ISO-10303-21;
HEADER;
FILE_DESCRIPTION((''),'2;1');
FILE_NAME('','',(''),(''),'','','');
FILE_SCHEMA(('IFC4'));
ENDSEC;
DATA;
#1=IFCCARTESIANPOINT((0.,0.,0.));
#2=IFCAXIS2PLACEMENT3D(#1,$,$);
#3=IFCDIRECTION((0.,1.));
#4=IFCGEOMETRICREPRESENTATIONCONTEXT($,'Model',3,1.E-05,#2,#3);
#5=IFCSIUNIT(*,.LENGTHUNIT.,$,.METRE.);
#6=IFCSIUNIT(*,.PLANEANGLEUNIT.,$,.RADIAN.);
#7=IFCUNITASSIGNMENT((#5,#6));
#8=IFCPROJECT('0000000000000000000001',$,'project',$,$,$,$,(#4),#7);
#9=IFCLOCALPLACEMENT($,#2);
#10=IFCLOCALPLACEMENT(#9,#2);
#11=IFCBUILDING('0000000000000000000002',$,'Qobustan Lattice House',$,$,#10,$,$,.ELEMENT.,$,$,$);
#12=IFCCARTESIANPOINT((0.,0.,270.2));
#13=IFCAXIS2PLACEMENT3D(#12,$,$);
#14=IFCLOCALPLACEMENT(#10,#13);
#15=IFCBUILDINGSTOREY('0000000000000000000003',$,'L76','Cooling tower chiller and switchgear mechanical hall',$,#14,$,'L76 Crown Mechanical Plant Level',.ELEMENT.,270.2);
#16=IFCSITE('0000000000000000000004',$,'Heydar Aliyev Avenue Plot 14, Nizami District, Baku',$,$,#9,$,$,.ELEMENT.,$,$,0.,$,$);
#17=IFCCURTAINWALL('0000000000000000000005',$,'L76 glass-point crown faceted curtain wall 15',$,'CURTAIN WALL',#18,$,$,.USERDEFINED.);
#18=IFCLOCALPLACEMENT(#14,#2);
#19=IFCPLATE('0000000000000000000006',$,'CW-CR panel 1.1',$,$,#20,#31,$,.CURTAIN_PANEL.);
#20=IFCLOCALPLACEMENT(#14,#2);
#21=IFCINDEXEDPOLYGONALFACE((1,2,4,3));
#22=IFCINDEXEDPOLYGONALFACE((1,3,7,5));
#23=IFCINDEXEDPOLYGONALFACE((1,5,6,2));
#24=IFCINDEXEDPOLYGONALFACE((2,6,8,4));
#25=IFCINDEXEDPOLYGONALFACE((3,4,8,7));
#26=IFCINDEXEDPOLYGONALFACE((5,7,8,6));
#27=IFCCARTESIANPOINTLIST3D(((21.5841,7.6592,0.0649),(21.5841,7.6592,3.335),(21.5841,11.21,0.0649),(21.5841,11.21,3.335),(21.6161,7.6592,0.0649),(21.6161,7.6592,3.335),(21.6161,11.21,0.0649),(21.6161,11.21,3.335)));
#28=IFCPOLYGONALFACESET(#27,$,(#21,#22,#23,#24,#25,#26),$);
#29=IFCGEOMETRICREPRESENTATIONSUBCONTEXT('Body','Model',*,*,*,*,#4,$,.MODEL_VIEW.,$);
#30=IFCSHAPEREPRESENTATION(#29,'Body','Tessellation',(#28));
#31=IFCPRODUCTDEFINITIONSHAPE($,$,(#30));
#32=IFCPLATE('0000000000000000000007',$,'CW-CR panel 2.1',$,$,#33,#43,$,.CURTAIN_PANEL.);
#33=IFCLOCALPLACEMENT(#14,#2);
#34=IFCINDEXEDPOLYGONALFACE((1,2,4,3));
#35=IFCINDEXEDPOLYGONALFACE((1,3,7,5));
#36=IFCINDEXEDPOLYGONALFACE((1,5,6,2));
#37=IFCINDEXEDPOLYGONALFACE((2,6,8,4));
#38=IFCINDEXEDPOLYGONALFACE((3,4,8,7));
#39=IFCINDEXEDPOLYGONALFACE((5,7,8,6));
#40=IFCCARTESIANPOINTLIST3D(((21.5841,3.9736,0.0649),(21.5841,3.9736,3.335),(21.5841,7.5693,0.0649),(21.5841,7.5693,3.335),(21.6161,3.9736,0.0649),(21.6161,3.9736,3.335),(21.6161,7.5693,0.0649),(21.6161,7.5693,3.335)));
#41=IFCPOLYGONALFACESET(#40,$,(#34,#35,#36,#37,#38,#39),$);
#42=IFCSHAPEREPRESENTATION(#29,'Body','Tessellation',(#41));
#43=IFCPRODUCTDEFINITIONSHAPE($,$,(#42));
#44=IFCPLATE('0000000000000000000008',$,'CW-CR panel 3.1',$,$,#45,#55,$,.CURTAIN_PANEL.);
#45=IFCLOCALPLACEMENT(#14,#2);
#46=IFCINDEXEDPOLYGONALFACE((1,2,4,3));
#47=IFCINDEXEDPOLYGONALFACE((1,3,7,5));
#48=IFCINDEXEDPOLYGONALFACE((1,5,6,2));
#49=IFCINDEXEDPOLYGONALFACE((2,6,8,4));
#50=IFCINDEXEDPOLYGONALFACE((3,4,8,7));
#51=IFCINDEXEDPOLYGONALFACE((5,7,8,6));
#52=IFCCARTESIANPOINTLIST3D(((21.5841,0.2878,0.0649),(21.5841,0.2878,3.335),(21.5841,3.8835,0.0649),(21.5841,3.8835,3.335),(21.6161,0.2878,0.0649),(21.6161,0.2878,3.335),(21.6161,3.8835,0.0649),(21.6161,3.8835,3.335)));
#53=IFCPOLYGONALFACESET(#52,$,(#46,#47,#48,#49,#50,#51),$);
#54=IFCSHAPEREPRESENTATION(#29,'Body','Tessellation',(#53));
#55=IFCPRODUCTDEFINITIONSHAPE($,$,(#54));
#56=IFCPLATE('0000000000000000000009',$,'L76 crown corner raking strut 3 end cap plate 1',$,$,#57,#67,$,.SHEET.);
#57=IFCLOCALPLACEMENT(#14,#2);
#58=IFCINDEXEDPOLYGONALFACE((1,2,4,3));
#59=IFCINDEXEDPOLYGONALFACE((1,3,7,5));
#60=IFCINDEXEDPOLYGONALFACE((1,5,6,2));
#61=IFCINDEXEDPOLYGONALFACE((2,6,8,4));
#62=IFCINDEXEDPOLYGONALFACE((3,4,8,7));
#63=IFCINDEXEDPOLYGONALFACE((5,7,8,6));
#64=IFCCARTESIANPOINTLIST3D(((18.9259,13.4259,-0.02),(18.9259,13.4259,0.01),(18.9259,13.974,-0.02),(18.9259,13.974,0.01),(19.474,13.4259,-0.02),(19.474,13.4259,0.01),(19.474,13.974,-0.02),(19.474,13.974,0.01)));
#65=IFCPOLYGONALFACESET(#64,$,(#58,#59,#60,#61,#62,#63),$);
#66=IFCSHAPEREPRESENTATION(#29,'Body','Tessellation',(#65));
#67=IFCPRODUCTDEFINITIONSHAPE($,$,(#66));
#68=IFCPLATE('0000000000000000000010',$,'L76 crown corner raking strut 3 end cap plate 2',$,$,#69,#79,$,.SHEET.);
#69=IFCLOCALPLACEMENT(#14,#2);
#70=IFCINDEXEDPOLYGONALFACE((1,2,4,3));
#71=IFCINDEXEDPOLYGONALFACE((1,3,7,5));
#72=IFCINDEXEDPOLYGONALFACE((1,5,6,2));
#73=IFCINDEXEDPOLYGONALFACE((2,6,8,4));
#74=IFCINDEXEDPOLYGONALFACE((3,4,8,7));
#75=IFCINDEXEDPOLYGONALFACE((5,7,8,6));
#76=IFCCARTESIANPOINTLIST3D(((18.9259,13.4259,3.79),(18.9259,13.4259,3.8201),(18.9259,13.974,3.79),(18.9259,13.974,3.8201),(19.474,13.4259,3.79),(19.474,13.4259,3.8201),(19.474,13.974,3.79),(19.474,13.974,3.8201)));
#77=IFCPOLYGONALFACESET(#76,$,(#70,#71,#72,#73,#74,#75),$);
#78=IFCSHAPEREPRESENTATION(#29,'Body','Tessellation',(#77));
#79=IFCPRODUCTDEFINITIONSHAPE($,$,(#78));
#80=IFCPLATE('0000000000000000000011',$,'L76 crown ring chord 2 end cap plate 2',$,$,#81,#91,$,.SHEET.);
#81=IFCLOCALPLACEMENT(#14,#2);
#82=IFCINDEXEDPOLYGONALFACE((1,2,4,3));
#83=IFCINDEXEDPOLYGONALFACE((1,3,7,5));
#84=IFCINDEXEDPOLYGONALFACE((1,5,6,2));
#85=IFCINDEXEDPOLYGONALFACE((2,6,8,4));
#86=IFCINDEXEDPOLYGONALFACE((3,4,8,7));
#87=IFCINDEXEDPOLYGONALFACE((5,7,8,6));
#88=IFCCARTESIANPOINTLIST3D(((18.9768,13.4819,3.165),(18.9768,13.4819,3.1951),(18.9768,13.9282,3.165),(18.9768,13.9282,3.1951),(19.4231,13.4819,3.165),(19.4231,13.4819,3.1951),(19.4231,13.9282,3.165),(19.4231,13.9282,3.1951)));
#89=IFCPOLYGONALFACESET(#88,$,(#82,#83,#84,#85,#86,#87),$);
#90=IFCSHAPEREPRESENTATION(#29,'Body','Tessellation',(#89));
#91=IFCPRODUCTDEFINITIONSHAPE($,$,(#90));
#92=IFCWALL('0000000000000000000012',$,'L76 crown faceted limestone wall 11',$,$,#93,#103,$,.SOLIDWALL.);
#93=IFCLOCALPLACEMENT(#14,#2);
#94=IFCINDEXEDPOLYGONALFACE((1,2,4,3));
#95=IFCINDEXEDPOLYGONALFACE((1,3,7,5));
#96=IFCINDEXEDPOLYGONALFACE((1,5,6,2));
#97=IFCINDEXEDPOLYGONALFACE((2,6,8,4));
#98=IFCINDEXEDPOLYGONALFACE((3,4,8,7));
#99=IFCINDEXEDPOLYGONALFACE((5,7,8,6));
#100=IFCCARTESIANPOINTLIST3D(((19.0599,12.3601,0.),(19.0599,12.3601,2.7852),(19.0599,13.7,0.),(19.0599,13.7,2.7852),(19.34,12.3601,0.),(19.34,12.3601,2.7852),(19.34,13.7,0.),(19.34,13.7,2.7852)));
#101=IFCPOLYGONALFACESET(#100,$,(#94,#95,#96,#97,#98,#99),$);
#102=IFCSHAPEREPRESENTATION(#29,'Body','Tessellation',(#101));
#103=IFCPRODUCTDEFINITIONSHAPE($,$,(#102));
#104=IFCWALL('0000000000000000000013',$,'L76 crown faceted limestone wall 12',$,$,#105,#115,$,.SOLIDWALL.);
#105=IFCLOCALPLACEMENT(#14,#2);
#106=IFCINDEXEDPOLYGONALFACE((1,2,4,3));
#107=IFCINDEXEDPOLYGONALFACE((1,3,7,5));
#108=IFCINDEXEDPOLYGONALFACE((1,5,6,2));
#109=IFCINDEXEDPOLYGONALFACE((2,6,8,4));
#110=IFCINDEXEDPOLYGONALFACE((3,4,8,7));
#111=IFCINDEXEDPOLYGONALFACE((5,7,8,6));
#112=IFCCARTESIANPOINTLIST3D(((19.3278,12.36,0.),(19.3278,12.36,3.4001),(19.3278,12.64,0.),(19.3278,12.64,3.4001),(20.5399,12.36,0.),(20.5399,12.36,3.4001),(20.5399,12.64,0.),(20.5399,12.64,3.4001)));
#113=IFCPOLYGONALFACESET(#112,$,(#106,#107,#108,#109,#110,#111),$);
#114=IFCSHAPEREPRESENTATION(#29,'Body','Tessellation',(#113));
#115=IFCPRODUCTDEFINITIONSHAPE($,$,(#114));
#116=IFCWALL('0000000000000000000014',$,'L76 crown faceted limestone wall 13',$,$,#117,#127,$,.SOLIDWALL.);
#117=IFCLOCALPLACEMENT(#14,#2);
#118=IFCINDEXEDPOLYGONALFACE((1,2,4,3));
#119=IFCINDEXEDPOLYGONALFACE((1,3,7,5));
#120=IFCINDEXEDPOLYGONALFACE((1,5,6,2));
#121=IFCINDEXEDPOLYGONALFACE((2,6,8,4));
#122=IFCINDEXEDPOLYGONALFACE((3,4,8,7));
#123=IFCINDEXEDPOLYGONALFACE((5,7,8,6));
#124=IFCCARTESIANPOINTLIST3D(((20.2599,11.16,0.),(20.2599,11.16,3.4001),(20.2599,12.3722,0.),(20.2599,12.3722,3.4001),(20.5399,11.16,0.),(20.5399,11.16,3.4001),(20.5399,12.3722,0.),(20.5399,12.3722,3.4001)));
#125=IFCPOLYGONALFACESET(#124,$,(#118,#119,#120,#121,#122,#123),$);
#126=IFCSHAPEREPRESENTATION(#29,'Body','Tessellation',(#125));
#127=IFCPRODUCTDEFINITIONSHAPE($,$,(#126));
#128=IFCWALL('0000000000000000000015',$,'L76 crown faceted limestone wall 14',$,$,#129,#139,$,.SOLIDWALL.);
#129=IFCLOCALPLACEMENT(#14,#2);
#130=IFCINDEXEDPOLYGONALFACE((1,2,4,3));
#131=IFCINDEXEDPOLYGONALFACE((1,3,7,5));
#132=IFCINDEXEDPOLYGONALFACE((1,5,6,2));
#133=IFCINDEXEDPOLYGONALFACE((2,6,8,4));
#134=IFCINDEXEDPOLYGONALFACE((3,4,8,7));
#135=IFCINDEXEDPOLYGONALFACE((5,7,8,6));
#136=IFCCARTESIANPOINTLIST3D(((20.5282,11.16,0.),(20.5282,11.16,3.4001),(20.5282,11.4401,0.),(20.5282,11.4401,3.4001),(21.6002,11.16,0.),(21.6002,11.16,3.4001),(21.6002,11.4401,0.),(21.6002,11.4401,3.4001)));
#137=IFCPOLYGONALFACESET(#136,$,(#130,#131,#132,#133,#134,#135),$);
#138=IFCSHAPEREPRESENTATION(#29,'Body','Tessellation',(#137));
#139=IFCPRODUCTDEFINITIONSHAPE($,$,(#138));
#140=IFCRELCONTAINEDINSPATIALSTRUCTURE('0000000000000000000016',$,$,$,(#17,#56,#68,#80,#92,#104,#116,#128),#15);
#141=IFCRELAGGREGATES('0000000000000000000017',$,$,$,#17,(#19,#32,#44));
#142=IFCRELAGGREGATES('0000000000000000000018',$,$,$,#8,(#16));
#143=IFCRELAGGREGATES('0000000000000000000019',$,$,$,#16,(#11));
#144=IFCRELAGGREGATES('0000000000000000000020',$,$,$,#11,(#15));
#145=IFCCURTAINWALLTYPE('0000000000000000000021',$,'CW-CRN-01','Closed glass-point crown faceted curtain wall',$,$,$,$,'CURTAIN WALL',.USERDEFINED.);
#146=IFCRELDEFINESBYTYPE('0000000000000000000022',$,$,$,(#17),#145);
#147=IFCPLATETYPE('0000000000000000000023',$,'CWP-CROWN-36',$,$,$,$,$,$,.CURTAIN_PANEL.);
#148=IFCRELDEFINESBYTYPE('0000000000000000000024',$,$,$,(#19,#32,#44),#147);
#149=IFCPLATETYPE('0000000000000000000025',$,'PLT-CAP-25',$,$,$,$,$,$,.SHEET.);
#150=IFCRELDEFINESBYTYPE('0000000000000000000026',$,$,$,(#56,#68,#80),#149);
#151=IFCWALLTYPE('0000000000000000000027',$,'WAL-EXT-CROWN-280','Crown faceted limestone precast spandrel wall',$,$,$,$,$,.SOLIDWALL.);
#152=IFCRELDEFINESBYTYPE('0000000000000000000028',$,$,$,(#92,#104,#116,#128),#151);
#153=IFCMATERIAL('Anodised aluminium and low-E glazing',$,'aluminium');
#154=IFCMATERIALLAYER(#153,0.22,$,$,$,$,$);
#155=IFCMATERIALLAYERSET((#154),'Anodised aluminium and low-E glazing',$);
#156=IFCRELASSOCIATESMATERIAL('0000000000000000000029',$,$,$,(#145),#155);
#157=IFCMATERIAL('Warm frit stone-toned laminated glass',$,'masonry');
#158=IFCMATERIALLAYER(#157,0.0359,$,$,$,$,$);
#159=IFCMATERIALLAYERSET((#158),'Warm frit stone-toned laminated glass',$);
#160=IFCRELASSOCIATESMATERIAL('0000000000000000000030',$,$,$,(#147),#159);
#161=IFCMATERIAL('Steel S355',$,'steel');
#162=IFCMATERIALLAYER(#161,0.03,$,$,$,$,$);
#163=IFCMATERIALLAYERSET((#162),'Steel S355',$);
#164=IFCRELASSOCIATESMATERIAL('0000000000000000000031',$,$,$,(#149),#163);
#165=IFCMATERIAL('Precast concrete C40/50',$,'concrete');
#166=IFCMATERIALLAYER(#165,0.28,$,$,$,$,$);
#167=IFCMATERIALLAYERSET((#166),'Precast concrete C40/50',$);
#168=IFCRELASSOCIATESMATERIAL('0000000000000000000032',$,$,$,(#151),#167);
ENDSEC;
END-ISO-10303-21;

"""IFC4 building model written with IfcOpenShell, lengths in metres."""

from ifc_helpers import new_model, si_unit, direction, frame, frame_2d, origin, origin_2d, place, context, subcontext, project, spatial, rectangle, extrude, material, layer, layer_set, type_object, element, aggregate, save


model = new_model("IFC4")

# Units and contexts
model_context = context("Model", 3, precision=1e-05, world=origin(), true_north=direction((0.0, 1.0)))
body_context = subcontext(model_context, "Body", "Model", "MODEL_VIEW")
ifc_project = project(units=[si_unit("LENGTHUNIT", "METRE"), si_unit("PLANEANGLEUNIT", "RADIAN")], contexts=[model_context])

# Site, building, storey
site_placement = place(None, origin())
site = spatial("IfcSite", under=ifc_project, at=site_placement, Name="Heydar Aliyev Avenue Plot 14, Nizami District, Baku", CompositionType="ELEMENT", RefElevation=0.0)
building_placement = place(site_placement, origin())
building = spatial("IfcBuilding", under=site, at=building_placement, Name="Qobustan Lattice House", CompositionType="ELEMENT")
storey_placement = place(building_placement, frame((0.0, 0.0, 270.2)))
storey = spatial("IfcBuildingStorey", under=building, at=storey_placement, Name="L76", Description="Cooling tower chiller and switchgear mechanical hall", LongName="L76 Crown Mechanical Plant Level", CompositionType="ELEMENT", Elevation=270.2)

# Curtain wall
ifc_material_1 = material(Name="Anodised aluminium and low-E glazing", Category="aluminium")
ifc_layer_1 = layer(ifc_material_1, 0.22)
ifc_layer_set_1 = layer_set([ifc_layer_1], Name="Anodised aluminium and low-E glazing")
curtain_wall_type = type_object("IfcCurtainWallType", Name="CW-CRN-01", Description="Closed glass-point crown faceted curtain wall", ElementType="CURTAIN WALL", PredefinedType="USERDEFINED", material=ifc_layer_set_1)
curtain_wall_1_placement = place(storey_placement, origin())
curtain_wall_1 = element("IfcCurtainWall", 1, at=curtain_wall_1_placement, inside=storey, type_object=curtain_wall_type, Name="L76 glass-point crown faceted curtain wall 15", ObjectType="CURTAIN WALL", PredefinedType="USERDEFINED")

# Plates
ifc_material_2 = material(Name="Warm frit stone-toned laminated glass", Category="masonry")
ifc_layer_2 = layer(ifc_material_2, 0.0359)
ifc_layer_set_2 = layer_set([ifc_layer_2], Name="Warm frit stone-toned laminated glass")
plate_type_1 = type_object("IfcPlateType", Name="CWP-CROWN-36", PredefinedType="CURTAIN_PANEL", material=ifc_layer_set_2)
plate_1_placement = place(storey_placement, frame((21.6001, 9.4346, 0.0649), z_axis=(0.0, 0.0, 1.0), x_axis=(0.0, -1.0, 0.0)))
plate_1 = element("IfcPlate", 2, at=plate_1_placement, type_object=plate_type_1, Name="CW-CR panel 1.1", PredefinedType="CURTAIN_PANEL", context=body_context, shape_type="SweptSolid", body=[
    extrude(rectangle(XDim=3.5508, YDim=0.032, at=origin_2d()), origin(), (0.0, 0.0, 1.0), 3.27),
])
plate_2_placement = place(storey_placement, frame((21.6001, 5.7715, 0.0649), z_axis=(0.0, 0.0, 1.0), x_axis=(0.0, -1.0, 0.0)))
plate_2 = element("IfcPlate", 3, at=plate_2_placement, type_object=plate_type_1, Name="CW-CR panel 2.1", PredefinedType="CURTAIN_PANEL", context=body_context, shape_type="SweptSolid", body=[
    extrude(rectangle(XDim=3.5957, YDim=0.032, at=origin_2d()), origin(), (0.0, 0.0, 1.0), 3.27),
])
plate_3_placement = place(storey_placement, frame((21.6001, 2.0857, 0.0649), z_axis=(0.0, 0.0, 1.0), x_axis=(0.0, -1.0, 0.0)))
plate_3 = element("IfcPlate", 4, at=plate_3_placement, type_object=plate_type_1, Name="CW-CR panel 3.1", PredefinedType="CURTAIN_PANEL", context=body_context, shape_type="SweptSolid", body=[
    extrude(rectangle(XDim=3.5957, YDim=0.032, at=origin_2d()), origin(), (0.0, 0.0, 1.0), 3.27),
])
aggregate(curtain_wall_1, [plate_1, plate_2, plate_3])

# Plates
ifc_material_3 = material(Name="Steel S355", Category="steel")
ifc_layer_3 = layer(ifc_material_3, 0.03)
ifc_layer_set_3 = layer_set([ifc_layer_3], Name="Steel S355")
plate_type_2 = type_object("IfcPlateType", Name="PLT-CAP-25", PredefinedType="SHEET", material=ifc_layer_set_3)
for number, where, z_axis, x_axis, name in (
    (5, (19.2, 13.7, -0.02), (0.0, 0.0, 1.0), (1.0, 0.0, 0.0), "L76 crown corner raking strut 3 end cap plate 1"),
    (6, (19.2, 13.7, 3.79), (0.0, 0.0, 1.0), (1.0, 0.0, 0.0), "L76 crown corner raking strut 3 end cap plate 2"),
):
    element("IfcPlate", number, at=place(storey_placement, frame(where, z_axis=z_axis, x_axis=x_axis)), inside=storey, type_object=plate_type_2, Name=name, PredefinedType="SHEET", context=body_context, shape_type="SweptSolid", body=[
        extrude(rectangle(XDim=0.5481, YDim=0.5481, at=origin_2d()), origin(), (0.0, 0.0, 1.0), 0.03),
    ])
plate_4_placement = place(storey_placement, frame((19.2, 13.7051, 3.165), z_axis=(0.0, 0.0, 1.0), x_axis=(0.0, 1.0, 0.0)))
element("IfcPlate", 7, at=plate_4_placement, inside=storey, type_object=plate_type_2, Name="L76 crown ring chord 2 end cap plate 2", PredefinedType="SHEET", context=body_context, shape_type="SweptSolid", body=[
    extrude(rectangle(XDim=0.4463, YDim=0.4463, at=origin_2d()), origin(), (0.0, 0.0, 1.0), 0.03),
])

# Walls
ifc_material_4 = material(Name="Precast concrete C40/50", Category="concrete")
ifc_layer_4 = layer(ifc_material_4, 0.28)
ifc_layer_set_4 = layer_set([ifc_layer_4], Name="Precast concrete C40/50")
wall_type = type_object("IfcWallType", Name="WAL-EXT-CROWN-280", Description="Crown faceted limestone precast spandrel wall", PredefinedType="SOLIDWALL", material=ifc_layer_set_4)
wall_1_placement = place(storey_placement, frame((19.2, 13.7, 0.0), z_axis=(0.0, 0.0, 1.0), x_axis=(0.0, -1.0, 0.0)))
element("IfcWall", 8, at=wall_1_placement, inside=storey, type_object=wall_type, Name="L76 crown faceted limestone wall 11", PredefinedType="SOLIDWALL", context=body_context, shape_type="SweptSolid", body=[
    extrude(rectangle(XDim=1.3398, YDim=0.28, at=frame_2d((0.6699, 0.0))), origin(), (0.0, 0.0, 1.0), 2.7852),
])
for number, where, z_axis, x_axis, name in (
    (9, (19.3279, 12.5, 0.0), (0.0, 0.0, 1.0), (1.0, 0.0, 0.0), "L76 crown faceted limestone wall 12"),
    (10, (20.3999, 12.3721, 0.0), (0.0, 0.0, 1.0), (0.0, -1.0, 0.0), "L76 crown faceted limestone wall 13"),
):
    element("IfcWall", number, at=place(storey_placement, frame(where, z_axis=z_axis, x_axis=x_axis)), inside=storey, type_object=wall_type, Name=name, PredefinedType="SOLIDWALL", context=body_context, shape_type="SweptSolid", body=[
        extrude(rectangle(XDim=1.2122, YDim=0.28, at=frame_2d((0.606, 0.0))), origin(), (0.0, 0.0, 1.0), 3.4001),
    ])
wall_2_placement = place(storey_placement, frame((20.5281, 11.3, 0.0), z_axis=(0.0, 0.0, 1.0), x_axis=(1.0, 0.0, 0.0)))
element("IfcWall", 11, at=wall_2_placement, inside=storey, type_object=wall_type, Name="L76 crown faceted limestone wall 14", PredefinedType="SOLIDWALL", context=body_context, shape_type="SweptSolid", body=[
    extrude(rectangle(XDim=1.072, YDim=0.28, at=frame_2d((0.5361, 0.0))), origin(), (0.0, 0.0, 1.0), 3.4001),
])

save(model, "model.ifc")
